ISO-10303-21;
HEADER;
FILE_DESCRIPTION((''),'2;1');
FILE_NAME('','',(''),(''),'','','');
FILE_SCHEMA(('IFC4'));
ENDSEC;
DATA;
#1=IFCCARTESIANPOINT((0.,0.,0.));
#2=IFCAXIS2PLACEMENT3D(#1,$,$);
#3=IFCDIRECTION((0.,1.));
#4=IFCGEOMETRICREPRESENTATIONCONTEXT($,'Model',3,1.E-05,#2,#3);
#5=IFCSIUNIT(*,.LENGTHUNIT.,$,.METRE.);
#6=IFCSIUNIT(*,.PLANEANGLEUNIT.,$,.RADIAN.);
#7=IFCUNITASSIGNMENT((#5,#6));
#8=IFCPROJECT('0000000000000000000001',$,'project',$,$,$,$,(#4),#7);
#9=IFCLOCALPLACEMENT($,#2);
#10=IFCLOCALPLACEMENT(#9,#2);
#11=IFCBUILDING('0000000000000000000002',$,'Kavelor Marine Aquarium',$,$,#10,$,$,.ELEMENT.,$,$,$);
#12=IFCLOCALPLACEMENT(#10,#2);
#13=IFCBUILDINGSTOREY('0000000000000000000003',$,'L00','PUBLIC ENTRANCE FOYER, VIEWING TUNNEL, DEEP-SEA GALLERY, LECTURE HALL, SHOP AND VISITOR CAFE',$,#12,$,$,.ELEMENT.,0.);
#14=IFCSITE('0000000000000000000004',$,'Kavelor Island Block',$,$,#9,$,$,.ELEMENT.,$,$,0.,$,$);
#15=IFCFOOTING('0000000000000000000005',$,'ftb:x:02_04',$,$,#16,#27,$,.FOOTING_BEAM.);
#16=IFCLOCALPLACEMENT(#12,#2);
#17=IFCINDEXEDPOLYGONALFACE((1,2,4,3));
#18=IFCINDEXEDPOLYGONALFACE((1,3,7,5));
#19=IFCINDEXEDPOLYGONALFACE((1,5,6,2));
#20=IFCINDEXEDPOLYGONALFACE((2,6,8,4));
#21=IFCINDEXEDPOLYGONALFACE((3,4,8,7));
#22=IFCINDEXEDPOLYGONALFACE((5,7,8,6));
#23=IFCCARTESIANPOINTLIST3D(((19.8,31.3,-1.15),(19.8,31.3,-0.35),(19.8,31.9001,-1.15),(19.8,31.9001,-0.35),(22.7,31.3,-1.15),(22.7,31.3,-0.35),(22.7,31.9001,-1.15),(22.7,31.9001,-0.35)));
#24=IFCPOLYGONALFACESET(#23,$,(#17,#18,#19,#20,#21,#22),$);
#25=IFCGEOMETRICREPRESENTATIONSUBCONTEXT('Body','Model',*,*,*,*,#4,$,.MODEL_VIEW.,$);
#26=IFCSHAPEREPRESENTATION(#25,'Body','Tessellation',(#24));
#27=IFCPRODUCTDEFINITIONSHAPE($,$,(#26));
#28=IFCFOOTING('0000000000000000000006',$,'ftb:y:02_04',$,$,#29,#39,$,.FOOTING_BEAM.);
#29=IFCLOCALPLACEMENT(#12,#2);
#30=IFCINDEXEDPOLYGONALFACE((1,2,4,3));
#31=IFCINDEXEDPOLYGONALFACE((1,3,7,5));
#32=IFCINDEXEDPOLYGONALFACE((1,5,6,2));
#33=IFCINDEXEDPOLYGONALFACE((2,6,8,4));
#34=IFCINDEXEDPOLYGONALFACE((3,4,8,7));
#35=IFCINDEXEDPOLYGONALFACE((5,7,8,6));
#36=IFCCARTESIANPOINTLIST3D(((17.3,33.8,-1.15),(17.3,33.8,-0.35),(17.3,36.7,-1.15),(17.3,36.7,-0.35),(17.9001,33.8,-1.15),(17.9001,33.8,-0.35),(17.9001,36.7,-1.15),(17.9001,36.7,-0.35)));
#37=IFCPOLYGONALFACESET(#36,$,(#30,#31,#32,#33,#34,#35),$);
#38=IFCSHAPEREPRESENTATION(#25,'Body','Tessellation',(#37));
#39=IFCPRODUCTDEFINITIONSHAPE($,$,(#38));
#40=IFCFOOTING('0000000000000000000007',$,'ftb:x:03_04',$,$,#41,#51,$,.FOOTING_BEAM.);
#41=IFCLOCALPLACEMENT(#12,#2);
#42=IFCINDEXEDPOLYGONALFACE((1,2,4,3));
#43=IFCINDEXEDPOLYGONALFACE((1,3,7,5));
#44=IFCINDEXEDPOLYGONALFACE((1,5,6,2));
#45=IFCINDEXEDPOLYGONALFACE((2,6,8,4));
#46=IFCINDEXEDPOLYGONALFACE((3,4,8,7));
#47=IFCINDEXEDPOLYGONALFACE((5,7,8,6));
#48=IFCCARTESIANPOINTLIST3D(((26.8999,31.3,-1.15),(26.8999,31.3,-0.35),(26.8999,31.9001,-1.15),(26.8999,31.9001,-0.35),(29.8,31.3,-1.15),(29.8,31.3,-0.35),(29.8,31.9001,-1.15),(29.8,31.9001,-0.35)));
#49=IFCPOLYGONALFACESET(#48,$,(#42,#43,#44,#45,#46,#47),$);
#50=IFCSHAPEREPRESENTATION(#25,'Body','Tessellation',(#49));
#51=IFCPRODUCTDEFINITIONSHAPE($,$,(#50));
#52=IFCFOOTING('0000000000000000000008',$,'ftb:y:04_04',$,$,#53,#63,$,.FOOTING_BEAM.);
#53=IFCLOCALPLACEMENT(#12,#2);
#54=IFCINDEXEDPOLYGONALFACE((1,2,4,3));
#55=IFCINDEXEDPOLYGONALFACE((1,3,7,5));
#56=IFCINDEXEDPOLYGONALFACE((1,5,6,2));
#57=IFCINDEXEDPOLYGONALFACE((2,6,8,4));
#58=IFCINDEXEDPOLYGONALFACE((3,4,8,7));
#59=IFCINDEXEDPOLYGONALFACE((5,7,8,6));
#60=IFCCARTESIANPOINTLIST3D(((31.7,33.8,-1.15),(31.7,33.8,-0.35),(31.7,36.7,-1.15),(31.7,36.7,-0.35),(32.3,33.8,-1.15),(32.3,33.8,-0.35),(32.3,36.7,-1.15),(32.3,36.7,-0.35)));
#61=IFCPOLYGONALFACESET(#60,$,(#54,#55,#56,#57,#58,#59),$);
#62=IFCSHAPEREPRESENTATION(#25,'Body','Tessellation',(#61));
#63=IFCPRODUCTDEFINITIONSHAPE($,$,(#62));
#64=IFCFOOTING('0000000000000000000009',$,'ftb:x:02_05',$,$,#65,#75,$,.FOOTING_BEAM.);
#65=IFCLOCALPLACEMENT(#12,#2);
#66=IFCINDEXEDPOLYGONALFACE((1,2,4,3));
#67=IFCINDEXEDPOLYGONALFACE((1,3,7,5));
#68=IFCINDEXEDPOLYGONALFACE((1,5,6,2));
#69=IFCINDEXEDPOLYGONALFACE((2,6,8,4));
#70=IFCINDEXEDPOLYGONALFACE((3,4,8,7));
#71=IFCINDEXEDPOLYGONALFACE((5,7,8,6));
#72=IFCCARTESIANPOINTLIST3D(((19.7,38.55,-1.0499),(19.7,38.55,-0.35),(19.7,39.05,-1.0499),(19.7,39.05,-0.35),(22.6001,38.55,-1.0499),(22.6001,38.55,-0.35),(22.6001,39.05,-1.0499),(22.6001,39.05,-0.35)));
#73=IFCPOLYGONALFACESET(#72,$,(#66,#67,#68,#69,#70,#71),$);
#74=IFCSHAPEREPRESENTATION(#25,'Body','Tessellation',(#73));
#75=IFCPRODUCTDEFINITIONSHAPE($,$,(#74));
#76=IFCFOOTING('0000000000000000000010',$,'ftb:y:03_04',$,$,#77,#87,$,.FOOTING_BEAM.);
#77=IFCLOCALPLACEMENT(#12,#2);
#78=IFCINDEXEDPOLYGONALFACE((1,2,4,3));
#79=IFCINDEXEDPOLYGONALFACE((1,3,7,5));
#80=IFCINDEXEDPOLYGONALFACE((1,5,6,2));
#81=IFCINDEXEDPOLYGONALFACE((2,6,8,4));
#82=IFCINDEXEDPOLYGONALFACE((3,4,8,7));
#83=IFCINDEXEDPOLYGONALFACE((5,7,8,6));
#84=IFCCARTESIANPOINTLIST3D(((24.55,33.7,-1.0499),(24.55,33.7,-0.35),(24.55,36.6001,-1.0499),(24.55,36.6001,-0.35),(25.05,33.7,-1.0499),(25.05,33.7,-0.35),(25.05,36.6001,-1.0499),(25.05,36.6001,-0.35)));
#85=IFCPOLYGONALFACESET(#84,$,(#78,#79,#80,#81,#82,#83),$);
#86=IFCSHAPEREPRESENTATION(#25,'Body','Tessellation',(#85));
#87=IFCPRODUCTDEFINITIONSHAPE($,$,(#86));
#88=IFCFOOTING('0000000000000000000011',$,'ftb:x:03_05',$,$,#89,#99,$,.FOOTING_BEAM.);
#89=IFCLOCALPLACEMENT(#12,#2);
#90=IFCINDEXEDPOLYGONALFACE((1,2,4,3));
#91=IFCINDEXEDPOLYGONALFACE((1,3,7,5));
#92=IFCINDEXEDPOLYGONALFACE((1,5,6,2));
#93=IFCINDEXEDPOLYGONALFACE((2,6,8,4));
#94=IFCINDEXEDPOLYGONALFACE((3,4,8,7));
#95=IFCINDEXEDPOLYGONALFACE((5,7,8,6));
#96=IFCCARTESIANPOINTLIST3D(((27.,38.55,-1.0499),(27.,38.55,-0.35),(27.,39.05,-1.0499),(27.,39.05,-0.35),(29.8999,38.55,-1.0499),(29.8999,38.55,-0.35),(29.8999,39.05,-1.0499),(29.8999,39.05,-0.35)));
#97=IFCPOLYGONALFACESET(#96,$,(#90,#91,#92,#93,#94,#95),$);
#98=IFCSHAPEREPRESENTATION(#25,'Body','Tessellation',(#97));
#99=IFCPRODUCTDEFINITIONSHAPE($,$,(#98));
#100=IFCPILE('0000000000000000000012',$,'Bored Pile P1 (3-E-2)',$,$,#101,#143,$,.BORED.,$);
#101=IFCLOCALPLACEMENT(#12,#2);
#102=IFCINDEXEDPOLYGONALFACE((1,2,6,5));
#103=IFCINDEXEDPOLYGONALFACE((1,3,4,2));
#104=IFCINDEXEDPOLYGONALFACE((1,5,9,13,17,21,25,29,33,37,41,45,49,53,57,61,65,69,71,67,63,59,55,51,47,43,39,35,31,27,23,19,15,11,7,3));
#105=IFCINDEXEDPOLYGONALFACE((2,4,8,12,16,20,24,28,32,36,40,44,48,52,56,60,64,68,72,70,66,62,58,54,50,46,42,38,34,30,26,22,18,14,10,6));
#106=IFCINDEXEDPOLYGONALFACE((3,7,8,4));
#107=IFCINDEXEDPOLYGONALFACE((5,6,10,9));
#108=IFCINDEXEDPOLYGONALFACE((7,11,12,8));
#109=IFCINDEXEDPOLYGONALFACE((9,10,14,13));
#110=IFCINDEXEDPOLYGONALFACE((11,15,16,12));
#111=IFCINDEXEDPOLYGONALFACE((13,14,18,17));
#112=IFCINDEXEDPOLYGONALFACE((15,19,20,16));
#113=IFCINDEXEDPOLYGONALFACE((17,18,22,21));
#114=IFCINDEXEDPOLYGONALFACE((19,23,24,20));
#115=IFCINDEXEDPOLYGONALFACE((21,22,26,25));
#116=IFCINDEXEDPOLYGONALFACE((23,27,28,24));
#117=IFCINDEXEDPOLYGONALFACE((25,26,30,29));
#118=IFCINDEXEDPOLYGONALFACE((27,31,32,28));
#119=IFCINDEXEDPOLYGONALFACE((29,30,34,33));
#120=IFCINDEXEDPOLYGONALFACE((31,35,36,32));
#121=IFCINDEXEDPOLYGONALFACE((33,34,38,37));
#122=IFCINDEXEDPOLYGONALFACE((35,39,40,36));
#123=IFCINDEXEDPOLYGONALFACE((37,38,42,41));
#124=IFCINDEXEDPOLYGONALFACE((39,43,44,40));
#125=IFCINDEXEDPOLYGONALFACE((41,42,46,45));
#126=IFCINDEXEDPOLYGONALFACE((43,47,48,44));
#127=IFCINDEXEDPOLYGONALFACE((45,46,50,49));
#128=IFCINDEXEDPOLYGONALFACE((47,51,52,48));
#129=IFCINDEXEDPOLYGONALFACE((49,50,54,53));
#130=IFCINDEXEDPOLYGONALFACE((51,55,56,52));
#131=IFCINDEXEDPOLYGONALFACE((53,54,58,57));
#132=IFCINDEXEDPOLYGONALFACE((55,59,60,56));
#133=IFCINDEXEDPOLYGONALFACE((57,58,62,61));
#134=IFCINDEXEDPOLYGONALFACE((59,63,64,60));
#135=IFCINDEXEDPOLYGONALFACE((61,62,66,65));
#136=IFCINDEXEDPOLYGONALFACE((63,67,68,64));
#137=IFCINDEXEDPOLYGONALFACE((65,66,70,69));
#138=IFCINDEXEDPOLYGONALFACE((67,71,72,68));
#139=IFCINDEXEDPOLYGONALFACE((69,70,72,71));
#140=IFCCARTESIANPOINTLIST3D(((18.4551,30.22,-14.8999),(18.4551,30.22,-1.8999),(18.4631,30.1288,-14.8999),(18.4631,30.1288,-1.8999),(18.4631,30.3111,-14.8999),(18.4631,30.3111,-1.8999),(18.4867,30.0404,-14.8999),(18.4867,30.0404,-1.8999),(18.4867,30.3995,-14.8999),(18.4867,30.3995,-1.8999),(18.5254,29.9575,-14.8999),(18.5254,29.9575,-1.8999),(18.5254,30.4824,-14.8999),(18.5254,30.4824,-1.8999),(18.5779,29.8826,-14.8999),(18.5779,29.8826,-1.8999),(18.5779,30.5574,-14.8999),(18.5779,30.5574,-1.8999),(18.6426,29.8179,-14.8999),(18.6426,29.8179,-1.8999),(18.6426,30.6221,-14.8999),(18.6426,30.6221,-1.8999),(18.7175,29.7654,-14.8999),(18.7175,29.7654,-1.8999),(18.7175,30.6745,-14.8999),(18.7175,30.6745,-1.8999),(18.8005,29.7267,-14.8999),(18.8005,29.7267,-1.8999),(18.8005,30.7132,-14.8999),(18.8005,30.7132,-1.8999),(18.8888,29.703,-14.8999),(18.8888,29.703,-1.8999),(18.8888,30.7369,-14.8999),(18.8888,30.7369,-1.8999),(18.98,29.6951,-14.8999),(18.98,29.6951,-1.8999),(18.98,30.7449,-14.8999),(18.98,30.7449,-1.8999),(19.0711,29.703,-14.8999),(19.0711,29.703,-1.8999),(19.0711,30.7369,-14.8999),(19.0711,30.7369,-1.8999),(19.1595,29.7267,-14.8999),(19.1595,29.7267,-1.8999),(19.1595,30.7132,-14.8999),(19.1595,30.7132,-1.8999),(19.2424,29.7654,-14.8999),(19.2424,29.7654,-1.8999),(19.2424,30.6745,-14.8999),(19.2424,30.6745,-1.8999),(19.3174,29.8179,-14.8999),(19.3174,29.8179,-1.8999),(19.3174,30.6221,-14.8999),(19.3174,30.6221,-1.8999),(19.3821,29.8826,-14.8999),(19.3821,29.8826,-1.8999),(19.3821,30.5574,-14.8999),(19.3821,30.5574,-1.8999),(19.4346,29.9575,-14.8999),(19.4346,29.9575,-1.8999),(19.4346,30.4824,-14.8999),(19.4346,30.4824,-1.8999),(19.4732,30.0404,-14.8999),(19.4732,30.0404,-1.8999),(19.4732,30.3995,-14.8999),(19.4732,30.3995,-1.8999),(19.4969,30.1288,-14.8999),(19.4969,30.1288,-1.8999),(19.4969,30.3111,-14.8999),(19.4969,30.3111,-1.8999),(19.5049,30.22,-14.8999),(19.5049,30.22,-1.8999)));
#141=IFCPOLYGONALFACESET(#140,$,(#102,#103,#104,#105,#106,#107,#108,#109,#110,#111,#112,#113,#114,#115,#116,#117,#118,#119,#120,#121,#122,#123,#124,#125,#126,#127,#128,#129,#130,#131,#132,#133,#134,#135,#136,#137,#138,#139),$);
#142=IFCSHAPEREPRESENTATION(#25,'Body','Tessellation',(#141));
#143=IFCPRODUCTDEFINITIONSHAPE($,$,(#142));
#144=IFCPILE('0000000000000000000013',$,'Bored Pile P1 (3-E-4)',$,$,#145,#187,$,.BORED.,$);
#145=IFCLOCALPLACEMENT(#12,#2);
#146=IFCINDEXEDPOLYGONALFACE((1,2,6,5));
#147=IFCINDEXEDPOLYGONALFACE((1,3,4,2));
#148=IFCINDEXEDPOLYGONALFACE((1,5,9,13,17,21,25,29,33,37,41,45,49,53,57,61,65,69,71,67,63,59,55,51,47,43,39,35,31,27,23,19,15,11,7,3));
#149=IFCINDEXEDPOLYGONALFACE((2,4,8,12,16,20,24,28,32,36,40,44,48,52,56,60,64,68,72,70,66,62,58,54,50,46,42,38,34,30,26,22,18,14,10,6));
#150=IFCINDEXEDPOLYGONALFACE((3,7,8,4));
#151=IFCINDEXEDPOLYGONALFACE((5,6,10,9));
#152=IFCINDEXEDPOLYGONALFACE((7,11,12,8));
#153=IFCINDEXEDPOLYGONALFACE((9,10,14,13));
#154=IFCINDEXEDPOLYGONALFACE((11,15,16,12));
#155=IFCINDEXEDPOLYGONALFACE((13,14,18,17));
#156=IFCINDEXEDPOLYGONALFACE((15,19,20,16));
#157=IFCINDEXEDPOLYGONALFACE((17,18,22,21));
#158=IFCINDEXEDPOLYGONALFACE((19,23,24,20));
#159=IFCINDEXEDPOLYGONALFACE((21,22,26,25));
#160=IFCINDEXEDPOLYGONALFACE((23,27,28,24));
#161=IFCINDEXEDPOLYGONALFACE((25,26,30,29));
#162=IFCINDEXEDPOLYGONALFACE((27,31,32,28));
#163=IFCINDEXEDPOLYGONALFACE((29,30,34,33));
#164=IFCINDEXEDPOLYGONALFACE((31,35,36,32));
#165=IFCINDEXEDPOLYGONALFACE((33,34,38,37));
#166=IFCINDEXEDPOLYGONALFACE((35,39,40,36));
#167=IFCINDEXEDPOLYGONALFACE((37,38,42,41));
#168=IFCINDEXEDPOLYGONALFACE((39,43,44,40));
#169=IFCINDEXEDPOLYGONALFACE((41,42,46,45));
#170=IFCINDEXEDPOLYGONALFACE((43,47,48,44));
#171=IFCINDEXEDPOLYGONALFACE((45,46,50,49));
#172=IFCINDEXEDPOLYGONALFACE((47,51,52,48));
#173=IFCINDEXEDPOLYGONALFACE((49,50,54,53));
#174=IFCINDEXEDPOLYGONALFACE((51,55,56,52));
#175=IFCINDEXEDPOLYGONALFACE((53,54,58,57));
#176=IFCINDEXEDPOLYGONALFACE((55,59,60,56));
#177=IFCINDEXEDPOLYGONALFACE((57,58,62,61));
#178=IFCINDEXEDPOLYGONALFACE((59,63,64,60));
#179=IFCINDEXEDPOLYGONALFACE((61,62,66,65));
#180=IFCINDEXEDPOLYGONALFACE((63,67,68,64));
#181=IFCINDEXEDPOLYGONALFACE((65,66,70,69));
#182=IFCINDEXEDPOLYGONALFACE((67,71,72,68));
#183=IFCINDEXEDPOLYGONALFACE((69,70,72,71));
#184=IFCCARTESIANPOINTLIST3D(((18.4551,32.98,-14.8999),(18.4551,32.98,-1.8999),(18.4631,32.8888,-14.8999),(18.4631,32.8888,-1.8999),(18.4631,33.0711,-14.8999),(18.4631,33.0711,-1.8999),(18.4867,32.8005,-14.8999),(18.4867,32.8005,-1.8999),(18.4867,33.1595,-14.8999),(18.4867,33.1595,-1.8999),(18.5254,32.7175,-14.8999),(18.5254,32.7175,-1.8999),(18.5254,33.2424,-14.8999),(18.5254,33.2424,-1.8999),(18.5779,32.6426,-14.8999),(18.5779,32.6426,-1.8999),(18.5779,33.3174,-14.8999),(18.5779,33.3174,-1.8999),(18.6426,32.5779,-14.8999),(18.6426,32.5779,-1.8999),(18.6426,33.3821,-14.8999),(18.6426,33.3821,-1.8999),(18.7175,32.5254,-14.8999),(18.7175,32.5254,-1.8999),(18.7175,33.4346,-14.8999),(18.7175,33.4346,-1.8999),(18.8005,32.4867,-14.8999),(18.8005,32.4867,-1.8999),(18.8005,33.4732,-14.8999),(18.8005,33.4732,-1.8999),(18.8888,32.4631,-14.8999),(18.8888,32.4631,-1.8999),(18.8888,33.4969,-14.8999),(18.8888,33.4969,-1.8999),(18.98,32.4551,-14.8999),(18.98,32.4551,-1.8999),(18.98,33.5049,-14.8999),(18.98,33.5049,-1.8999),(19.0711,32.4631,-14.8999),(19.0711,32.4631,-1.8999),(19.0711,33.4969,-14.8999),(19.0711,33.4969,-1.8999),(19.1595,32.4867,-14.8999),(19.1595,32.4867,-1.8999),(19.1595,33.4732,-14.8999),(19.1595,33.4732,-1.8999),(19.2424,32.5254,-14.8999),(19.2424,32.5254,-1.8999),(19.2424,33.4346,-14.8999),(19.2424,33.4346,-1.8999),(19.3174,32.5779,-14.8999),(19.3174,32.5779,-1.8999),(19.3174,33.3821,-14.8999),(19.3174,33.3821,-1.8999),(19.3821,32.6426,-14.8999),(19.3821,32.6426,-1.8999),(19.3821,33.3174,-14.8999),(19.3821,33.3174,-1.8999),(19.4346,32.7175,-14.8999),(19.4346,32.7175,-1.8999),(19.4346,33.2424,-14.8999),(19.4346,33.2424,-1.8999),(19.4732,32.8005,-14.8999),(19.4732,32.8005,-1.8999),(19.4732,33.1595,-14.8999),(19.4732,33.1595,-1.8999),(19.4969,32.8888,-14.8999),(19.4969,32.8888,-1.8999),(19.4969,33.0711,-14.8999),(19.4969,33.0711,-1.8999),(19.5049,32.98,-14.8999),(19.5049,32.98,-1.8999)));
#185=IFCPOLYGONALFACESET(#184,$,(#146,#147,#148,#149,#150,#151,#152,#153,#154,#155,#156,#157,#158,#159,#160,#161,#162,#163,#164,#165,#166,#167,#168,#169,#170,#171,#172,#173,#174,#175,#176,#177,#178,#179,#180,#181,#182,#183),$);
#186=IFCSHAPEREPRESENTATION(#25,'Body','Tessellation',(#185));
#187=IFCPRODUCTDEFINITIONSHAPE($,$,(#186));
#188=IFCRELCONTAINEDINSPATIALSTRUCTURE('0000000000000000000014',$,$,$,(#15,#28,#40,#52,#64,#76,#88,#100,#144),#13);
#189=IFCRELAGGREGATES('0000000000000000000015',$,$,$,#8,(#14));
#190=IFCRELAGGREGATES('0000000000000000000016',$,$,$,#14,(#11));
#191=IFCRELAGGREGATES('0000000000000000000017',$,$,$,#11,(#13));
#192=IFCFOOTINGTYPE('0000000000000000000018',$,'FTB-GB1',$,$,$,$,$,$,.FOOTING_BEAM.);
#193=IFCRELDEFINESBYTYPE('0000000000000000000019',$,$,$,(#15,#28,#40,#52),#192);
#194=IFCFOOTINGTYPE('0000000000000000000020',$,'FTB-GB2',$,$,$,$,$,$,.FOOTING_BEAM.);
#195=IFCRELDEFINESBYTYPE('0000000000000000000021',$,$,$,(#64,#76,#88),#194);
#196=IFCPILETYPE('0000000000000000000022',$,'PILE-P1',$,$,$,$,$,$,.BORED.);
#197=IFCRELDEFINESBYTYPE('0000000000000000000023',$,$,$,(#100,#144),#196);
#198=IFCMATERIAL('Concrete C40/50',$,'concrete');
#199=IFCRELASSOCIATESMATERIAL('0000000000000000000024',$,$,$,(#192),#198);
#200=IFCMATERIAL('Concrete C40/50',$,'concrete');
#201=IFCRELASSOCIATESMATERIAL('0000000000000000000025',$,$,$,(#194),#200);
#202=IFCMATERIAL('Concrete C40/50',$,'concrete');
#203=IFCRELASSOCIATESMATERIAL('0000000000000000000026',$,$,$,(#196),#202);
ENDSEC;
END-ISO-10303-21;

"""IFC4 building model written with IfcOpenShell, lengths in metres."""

from ifc_helpers import new_model, si_unit, direction, frame, origin, origin_2d, place, context, subcontext, project, spatial, rectangle, circle, extrude, material, material_profile, profile_set, type_object, element, save


model = new_model("IFC4")

# Units and contexts
model_context = context("Model", 3, precision=1e-05, world=origin(), true_north=direction((0.0, 1.0)))
body_context = subcontext(model_context, "Body", "Model", "MODEL_VIEW")
ifc_project = project(units=[si_unit("LENGTHUNIT", "METRE"), si_unit("PLANEANGLEUNIT", "RADIAN")], contexts=[model_context])

# Site, building, storey
site_placement = place(None, origin())
site = spatial("IfcSite", under=ifc_project, at=site_placement, Name="Kavelor Island Block", CompositionType="ELEMENT", RefElevation=0.0)
building_placement = place(site_placement, origin())
building = spatial("IfcBuilding", under=site, at=building_placement, Name="Kavelor Marine Aquarium", CompositionType="ELEMENT")
storey_placement = place(building_placement, origin())
storey = spatial("IfcBuildingStorey", under=building, at=storey_placement, Name="L00", Description="PUBLIC ENTRANCE FOYER, VIEWING TUNNEL, DEEP-SEA GALLERY, LECTURE HALL, SHOP AND VISITOR CAFE", CompositionType="ELEMENT", Elevation=0.0)

# Footings
ifc_material_1 = material(Name="Concrete C40/50", Category="concrete")
ifc_material_profile_1 = material_profile(ifc_material_1, rectangle(XDim=0.6001, YDim=0.8, at=origin_2d()), Name="GB 600x800")
ifc_profile_set_1 = profile_set([ifc_material_profile_1], Name="Concrete C40/50")
footing_type_1 = type_object("IfcFootingType", Name="FTB-GB1", PredefinedType="FOOTING_BEAM", material=ifc_profile_set_1)
for number, where, z_axis, x_axis, name in (
    (1, (19.8, 31.6001, -0.75), (1.0, 0.0, 0.0), (0.0, 1.0, 0.0), "ftb:x:02_04"),
    (2, (17.6001, 33.8, -0.75), (0.0, 1.0, 0.0), (-1.0, 0.0, 0.0), "ftb:y:02_04"),
):
    element("IfcFooting", number, at=place(storey_placement, frame(where, z_axis=z_axis, x_axis=x_axis)), inside=storey, type_object=footing_type_1, Name=name, PredefinedType="FOOTING_BEAM", context=body_context, shape_type="SweptSolid", body=[
        extrude(rectangle(XDim=0.6001, YDim=0.8, at=origin_2d()), origin(), (0.0, 0.0, 1.0), 2.8999),
    ])
footing_1_placement = place(storey_placement, frame((26.8999, 31.6001, -0.75), z_axis=(1.0, 0.0, 0.0), x_axis=(0.0, 1.0, 0.0)))
element("IfcFooting", 3, at=footing_1_placement, inside=storey, type_object=footing_type_1, Name="ftb:x:03_04", PredefinedType="FOOTING_BEAM", context=body_context, shape_type="SweptSolid", body=[
    extrude(rectangle(XDim=0.6001, YDim=0.8, at=origin_2d()), origin(), (0.0, 0.0, 1.0), 2.9001),
])
footing_2_placement = place(storey_placement, frame((32.0, 33.8, -0.75), z_axis=(0.0, 1.0, 0.0), x_axis=(-1.0, 0.0, 0.0)))
element("IfcFooting", 4, at=footing_2_placement, inside=storey, type_object=footing_type_1, Name="ftb:y:04_04", PredefinedType="FOOTING_BEAM", context=body_context, shape_type="SweptSolid", body=[
    extrude(rectangle(XDim=0.6001, YDim=0.8, at=origin_2d()), origin(), (0.0, 0.0, 1.0), 2.8999),
])
ifc_material_2 = material(Name="Concrete C40/50", Category="concrete")
ifc_material_profile_2 = material_profile(ifc_material_2, rectangle(XDim=0.5, YDim=0.7, at=origin_2d()), Name="GB 500x700")
ifc_profile_set_2 = profile_set([ifc_material_profile_2], Name="Concrete C40/50")
footing_type_2 = type_object("IfcFootingType", Name="FTB-GB2", PredefinedType="FOOTING_BEAM", material=ifc_profile_set_2)
for number, where, z_axis, x_axis, name in (
    (5, (19.7, 38.8, -0.7), (1.0, 0.0, 0.0), (0.0, 1.0, 0.0), "ftb:x:02_05"),
    (6, (24.8, 33.7, -0.7), (0.0, 1.0, 0.0), (-1.0, 0.0, 0.0), "ftb:y:03_04"),
):
    element("IfcFooting", number, at=place(storey_placement, frame(where, z_axis=z_axis, x_axis=x_axis)), inside=storey, type_object=footing_type_2, Name=name, PredefinedType="FOOTING_BEAM", context=body_context, shape_type="SweptSolid", body=[
        extrude(rectangle(XDim=0.5, YDim=0.7, at=origin_2d()), origin(), (0.0, 0.0, 1.0), 2.9001),
    ])
footing_3_placement = place(storey_placement, frame((27.0, 38.8, -0.7), z_axis=(1.0, 0.0, 0.0), x_axis=(0.0, 1.0, 0.0)))
element("IfcFooting", 7, at=footing_3_placement, inside=storey, type_object=footing_type_2, Name="ftb:x:03_05", PredefinedType="FOOTING_BEAM", context=body_context, shape_type="SweptSolid", body=[
    extrude(rectangle(XDim=0.5, YDim=0.7, at=origin_2d()), origin(), (0.0, 0.0, 1.0), 2.8999),
])

# Piles
ifc_material_3 = material(Name="Concrete C40/50", Category="concrete")
ifc_material_profile_3 = material_profile(ifc_material_3, circle(Radius=0.5249, at=origin_2d()), Name="PILE D1050")
ifc_profile_set_3 = profile_set([ifc_material_profile_3], Name="Concrete C40/50")
pile_type = type_object("IfcPileType", Name="PILE-P1", PredefinedType="BORED", material=ifc_profile_set_3)
for number, where, z_axis, x_axis, name in (
    (8, (18.98, 30.22, -1.8999), (0.0, 0.0, -1.0), (1.0, 0.0, 0.0), "Bored Pile P1 (3-E-2)"),
    (9, (18.98, 32.98, -1.8999), (0.0, 0.0, -1.0), (1.0, 0.0, 0.0), "Bored Pile P1 (3-E-4)"),
):
    element("IfcPile", number, at=place(storey_placement, frame(where, z_axis=z_axis, x_axis=x_axis)), inside=storey, type_object=pile_type, Name=name, PredefinedType="BORED", context=body_context, shape_type="SweptSolid", body=[
        extrude(circle(Radius=0.5249, at=origin_2d()), origin(), (0.0, 0.0, 1.0), 13.0),
    ])

save(model, "model.ifc")
